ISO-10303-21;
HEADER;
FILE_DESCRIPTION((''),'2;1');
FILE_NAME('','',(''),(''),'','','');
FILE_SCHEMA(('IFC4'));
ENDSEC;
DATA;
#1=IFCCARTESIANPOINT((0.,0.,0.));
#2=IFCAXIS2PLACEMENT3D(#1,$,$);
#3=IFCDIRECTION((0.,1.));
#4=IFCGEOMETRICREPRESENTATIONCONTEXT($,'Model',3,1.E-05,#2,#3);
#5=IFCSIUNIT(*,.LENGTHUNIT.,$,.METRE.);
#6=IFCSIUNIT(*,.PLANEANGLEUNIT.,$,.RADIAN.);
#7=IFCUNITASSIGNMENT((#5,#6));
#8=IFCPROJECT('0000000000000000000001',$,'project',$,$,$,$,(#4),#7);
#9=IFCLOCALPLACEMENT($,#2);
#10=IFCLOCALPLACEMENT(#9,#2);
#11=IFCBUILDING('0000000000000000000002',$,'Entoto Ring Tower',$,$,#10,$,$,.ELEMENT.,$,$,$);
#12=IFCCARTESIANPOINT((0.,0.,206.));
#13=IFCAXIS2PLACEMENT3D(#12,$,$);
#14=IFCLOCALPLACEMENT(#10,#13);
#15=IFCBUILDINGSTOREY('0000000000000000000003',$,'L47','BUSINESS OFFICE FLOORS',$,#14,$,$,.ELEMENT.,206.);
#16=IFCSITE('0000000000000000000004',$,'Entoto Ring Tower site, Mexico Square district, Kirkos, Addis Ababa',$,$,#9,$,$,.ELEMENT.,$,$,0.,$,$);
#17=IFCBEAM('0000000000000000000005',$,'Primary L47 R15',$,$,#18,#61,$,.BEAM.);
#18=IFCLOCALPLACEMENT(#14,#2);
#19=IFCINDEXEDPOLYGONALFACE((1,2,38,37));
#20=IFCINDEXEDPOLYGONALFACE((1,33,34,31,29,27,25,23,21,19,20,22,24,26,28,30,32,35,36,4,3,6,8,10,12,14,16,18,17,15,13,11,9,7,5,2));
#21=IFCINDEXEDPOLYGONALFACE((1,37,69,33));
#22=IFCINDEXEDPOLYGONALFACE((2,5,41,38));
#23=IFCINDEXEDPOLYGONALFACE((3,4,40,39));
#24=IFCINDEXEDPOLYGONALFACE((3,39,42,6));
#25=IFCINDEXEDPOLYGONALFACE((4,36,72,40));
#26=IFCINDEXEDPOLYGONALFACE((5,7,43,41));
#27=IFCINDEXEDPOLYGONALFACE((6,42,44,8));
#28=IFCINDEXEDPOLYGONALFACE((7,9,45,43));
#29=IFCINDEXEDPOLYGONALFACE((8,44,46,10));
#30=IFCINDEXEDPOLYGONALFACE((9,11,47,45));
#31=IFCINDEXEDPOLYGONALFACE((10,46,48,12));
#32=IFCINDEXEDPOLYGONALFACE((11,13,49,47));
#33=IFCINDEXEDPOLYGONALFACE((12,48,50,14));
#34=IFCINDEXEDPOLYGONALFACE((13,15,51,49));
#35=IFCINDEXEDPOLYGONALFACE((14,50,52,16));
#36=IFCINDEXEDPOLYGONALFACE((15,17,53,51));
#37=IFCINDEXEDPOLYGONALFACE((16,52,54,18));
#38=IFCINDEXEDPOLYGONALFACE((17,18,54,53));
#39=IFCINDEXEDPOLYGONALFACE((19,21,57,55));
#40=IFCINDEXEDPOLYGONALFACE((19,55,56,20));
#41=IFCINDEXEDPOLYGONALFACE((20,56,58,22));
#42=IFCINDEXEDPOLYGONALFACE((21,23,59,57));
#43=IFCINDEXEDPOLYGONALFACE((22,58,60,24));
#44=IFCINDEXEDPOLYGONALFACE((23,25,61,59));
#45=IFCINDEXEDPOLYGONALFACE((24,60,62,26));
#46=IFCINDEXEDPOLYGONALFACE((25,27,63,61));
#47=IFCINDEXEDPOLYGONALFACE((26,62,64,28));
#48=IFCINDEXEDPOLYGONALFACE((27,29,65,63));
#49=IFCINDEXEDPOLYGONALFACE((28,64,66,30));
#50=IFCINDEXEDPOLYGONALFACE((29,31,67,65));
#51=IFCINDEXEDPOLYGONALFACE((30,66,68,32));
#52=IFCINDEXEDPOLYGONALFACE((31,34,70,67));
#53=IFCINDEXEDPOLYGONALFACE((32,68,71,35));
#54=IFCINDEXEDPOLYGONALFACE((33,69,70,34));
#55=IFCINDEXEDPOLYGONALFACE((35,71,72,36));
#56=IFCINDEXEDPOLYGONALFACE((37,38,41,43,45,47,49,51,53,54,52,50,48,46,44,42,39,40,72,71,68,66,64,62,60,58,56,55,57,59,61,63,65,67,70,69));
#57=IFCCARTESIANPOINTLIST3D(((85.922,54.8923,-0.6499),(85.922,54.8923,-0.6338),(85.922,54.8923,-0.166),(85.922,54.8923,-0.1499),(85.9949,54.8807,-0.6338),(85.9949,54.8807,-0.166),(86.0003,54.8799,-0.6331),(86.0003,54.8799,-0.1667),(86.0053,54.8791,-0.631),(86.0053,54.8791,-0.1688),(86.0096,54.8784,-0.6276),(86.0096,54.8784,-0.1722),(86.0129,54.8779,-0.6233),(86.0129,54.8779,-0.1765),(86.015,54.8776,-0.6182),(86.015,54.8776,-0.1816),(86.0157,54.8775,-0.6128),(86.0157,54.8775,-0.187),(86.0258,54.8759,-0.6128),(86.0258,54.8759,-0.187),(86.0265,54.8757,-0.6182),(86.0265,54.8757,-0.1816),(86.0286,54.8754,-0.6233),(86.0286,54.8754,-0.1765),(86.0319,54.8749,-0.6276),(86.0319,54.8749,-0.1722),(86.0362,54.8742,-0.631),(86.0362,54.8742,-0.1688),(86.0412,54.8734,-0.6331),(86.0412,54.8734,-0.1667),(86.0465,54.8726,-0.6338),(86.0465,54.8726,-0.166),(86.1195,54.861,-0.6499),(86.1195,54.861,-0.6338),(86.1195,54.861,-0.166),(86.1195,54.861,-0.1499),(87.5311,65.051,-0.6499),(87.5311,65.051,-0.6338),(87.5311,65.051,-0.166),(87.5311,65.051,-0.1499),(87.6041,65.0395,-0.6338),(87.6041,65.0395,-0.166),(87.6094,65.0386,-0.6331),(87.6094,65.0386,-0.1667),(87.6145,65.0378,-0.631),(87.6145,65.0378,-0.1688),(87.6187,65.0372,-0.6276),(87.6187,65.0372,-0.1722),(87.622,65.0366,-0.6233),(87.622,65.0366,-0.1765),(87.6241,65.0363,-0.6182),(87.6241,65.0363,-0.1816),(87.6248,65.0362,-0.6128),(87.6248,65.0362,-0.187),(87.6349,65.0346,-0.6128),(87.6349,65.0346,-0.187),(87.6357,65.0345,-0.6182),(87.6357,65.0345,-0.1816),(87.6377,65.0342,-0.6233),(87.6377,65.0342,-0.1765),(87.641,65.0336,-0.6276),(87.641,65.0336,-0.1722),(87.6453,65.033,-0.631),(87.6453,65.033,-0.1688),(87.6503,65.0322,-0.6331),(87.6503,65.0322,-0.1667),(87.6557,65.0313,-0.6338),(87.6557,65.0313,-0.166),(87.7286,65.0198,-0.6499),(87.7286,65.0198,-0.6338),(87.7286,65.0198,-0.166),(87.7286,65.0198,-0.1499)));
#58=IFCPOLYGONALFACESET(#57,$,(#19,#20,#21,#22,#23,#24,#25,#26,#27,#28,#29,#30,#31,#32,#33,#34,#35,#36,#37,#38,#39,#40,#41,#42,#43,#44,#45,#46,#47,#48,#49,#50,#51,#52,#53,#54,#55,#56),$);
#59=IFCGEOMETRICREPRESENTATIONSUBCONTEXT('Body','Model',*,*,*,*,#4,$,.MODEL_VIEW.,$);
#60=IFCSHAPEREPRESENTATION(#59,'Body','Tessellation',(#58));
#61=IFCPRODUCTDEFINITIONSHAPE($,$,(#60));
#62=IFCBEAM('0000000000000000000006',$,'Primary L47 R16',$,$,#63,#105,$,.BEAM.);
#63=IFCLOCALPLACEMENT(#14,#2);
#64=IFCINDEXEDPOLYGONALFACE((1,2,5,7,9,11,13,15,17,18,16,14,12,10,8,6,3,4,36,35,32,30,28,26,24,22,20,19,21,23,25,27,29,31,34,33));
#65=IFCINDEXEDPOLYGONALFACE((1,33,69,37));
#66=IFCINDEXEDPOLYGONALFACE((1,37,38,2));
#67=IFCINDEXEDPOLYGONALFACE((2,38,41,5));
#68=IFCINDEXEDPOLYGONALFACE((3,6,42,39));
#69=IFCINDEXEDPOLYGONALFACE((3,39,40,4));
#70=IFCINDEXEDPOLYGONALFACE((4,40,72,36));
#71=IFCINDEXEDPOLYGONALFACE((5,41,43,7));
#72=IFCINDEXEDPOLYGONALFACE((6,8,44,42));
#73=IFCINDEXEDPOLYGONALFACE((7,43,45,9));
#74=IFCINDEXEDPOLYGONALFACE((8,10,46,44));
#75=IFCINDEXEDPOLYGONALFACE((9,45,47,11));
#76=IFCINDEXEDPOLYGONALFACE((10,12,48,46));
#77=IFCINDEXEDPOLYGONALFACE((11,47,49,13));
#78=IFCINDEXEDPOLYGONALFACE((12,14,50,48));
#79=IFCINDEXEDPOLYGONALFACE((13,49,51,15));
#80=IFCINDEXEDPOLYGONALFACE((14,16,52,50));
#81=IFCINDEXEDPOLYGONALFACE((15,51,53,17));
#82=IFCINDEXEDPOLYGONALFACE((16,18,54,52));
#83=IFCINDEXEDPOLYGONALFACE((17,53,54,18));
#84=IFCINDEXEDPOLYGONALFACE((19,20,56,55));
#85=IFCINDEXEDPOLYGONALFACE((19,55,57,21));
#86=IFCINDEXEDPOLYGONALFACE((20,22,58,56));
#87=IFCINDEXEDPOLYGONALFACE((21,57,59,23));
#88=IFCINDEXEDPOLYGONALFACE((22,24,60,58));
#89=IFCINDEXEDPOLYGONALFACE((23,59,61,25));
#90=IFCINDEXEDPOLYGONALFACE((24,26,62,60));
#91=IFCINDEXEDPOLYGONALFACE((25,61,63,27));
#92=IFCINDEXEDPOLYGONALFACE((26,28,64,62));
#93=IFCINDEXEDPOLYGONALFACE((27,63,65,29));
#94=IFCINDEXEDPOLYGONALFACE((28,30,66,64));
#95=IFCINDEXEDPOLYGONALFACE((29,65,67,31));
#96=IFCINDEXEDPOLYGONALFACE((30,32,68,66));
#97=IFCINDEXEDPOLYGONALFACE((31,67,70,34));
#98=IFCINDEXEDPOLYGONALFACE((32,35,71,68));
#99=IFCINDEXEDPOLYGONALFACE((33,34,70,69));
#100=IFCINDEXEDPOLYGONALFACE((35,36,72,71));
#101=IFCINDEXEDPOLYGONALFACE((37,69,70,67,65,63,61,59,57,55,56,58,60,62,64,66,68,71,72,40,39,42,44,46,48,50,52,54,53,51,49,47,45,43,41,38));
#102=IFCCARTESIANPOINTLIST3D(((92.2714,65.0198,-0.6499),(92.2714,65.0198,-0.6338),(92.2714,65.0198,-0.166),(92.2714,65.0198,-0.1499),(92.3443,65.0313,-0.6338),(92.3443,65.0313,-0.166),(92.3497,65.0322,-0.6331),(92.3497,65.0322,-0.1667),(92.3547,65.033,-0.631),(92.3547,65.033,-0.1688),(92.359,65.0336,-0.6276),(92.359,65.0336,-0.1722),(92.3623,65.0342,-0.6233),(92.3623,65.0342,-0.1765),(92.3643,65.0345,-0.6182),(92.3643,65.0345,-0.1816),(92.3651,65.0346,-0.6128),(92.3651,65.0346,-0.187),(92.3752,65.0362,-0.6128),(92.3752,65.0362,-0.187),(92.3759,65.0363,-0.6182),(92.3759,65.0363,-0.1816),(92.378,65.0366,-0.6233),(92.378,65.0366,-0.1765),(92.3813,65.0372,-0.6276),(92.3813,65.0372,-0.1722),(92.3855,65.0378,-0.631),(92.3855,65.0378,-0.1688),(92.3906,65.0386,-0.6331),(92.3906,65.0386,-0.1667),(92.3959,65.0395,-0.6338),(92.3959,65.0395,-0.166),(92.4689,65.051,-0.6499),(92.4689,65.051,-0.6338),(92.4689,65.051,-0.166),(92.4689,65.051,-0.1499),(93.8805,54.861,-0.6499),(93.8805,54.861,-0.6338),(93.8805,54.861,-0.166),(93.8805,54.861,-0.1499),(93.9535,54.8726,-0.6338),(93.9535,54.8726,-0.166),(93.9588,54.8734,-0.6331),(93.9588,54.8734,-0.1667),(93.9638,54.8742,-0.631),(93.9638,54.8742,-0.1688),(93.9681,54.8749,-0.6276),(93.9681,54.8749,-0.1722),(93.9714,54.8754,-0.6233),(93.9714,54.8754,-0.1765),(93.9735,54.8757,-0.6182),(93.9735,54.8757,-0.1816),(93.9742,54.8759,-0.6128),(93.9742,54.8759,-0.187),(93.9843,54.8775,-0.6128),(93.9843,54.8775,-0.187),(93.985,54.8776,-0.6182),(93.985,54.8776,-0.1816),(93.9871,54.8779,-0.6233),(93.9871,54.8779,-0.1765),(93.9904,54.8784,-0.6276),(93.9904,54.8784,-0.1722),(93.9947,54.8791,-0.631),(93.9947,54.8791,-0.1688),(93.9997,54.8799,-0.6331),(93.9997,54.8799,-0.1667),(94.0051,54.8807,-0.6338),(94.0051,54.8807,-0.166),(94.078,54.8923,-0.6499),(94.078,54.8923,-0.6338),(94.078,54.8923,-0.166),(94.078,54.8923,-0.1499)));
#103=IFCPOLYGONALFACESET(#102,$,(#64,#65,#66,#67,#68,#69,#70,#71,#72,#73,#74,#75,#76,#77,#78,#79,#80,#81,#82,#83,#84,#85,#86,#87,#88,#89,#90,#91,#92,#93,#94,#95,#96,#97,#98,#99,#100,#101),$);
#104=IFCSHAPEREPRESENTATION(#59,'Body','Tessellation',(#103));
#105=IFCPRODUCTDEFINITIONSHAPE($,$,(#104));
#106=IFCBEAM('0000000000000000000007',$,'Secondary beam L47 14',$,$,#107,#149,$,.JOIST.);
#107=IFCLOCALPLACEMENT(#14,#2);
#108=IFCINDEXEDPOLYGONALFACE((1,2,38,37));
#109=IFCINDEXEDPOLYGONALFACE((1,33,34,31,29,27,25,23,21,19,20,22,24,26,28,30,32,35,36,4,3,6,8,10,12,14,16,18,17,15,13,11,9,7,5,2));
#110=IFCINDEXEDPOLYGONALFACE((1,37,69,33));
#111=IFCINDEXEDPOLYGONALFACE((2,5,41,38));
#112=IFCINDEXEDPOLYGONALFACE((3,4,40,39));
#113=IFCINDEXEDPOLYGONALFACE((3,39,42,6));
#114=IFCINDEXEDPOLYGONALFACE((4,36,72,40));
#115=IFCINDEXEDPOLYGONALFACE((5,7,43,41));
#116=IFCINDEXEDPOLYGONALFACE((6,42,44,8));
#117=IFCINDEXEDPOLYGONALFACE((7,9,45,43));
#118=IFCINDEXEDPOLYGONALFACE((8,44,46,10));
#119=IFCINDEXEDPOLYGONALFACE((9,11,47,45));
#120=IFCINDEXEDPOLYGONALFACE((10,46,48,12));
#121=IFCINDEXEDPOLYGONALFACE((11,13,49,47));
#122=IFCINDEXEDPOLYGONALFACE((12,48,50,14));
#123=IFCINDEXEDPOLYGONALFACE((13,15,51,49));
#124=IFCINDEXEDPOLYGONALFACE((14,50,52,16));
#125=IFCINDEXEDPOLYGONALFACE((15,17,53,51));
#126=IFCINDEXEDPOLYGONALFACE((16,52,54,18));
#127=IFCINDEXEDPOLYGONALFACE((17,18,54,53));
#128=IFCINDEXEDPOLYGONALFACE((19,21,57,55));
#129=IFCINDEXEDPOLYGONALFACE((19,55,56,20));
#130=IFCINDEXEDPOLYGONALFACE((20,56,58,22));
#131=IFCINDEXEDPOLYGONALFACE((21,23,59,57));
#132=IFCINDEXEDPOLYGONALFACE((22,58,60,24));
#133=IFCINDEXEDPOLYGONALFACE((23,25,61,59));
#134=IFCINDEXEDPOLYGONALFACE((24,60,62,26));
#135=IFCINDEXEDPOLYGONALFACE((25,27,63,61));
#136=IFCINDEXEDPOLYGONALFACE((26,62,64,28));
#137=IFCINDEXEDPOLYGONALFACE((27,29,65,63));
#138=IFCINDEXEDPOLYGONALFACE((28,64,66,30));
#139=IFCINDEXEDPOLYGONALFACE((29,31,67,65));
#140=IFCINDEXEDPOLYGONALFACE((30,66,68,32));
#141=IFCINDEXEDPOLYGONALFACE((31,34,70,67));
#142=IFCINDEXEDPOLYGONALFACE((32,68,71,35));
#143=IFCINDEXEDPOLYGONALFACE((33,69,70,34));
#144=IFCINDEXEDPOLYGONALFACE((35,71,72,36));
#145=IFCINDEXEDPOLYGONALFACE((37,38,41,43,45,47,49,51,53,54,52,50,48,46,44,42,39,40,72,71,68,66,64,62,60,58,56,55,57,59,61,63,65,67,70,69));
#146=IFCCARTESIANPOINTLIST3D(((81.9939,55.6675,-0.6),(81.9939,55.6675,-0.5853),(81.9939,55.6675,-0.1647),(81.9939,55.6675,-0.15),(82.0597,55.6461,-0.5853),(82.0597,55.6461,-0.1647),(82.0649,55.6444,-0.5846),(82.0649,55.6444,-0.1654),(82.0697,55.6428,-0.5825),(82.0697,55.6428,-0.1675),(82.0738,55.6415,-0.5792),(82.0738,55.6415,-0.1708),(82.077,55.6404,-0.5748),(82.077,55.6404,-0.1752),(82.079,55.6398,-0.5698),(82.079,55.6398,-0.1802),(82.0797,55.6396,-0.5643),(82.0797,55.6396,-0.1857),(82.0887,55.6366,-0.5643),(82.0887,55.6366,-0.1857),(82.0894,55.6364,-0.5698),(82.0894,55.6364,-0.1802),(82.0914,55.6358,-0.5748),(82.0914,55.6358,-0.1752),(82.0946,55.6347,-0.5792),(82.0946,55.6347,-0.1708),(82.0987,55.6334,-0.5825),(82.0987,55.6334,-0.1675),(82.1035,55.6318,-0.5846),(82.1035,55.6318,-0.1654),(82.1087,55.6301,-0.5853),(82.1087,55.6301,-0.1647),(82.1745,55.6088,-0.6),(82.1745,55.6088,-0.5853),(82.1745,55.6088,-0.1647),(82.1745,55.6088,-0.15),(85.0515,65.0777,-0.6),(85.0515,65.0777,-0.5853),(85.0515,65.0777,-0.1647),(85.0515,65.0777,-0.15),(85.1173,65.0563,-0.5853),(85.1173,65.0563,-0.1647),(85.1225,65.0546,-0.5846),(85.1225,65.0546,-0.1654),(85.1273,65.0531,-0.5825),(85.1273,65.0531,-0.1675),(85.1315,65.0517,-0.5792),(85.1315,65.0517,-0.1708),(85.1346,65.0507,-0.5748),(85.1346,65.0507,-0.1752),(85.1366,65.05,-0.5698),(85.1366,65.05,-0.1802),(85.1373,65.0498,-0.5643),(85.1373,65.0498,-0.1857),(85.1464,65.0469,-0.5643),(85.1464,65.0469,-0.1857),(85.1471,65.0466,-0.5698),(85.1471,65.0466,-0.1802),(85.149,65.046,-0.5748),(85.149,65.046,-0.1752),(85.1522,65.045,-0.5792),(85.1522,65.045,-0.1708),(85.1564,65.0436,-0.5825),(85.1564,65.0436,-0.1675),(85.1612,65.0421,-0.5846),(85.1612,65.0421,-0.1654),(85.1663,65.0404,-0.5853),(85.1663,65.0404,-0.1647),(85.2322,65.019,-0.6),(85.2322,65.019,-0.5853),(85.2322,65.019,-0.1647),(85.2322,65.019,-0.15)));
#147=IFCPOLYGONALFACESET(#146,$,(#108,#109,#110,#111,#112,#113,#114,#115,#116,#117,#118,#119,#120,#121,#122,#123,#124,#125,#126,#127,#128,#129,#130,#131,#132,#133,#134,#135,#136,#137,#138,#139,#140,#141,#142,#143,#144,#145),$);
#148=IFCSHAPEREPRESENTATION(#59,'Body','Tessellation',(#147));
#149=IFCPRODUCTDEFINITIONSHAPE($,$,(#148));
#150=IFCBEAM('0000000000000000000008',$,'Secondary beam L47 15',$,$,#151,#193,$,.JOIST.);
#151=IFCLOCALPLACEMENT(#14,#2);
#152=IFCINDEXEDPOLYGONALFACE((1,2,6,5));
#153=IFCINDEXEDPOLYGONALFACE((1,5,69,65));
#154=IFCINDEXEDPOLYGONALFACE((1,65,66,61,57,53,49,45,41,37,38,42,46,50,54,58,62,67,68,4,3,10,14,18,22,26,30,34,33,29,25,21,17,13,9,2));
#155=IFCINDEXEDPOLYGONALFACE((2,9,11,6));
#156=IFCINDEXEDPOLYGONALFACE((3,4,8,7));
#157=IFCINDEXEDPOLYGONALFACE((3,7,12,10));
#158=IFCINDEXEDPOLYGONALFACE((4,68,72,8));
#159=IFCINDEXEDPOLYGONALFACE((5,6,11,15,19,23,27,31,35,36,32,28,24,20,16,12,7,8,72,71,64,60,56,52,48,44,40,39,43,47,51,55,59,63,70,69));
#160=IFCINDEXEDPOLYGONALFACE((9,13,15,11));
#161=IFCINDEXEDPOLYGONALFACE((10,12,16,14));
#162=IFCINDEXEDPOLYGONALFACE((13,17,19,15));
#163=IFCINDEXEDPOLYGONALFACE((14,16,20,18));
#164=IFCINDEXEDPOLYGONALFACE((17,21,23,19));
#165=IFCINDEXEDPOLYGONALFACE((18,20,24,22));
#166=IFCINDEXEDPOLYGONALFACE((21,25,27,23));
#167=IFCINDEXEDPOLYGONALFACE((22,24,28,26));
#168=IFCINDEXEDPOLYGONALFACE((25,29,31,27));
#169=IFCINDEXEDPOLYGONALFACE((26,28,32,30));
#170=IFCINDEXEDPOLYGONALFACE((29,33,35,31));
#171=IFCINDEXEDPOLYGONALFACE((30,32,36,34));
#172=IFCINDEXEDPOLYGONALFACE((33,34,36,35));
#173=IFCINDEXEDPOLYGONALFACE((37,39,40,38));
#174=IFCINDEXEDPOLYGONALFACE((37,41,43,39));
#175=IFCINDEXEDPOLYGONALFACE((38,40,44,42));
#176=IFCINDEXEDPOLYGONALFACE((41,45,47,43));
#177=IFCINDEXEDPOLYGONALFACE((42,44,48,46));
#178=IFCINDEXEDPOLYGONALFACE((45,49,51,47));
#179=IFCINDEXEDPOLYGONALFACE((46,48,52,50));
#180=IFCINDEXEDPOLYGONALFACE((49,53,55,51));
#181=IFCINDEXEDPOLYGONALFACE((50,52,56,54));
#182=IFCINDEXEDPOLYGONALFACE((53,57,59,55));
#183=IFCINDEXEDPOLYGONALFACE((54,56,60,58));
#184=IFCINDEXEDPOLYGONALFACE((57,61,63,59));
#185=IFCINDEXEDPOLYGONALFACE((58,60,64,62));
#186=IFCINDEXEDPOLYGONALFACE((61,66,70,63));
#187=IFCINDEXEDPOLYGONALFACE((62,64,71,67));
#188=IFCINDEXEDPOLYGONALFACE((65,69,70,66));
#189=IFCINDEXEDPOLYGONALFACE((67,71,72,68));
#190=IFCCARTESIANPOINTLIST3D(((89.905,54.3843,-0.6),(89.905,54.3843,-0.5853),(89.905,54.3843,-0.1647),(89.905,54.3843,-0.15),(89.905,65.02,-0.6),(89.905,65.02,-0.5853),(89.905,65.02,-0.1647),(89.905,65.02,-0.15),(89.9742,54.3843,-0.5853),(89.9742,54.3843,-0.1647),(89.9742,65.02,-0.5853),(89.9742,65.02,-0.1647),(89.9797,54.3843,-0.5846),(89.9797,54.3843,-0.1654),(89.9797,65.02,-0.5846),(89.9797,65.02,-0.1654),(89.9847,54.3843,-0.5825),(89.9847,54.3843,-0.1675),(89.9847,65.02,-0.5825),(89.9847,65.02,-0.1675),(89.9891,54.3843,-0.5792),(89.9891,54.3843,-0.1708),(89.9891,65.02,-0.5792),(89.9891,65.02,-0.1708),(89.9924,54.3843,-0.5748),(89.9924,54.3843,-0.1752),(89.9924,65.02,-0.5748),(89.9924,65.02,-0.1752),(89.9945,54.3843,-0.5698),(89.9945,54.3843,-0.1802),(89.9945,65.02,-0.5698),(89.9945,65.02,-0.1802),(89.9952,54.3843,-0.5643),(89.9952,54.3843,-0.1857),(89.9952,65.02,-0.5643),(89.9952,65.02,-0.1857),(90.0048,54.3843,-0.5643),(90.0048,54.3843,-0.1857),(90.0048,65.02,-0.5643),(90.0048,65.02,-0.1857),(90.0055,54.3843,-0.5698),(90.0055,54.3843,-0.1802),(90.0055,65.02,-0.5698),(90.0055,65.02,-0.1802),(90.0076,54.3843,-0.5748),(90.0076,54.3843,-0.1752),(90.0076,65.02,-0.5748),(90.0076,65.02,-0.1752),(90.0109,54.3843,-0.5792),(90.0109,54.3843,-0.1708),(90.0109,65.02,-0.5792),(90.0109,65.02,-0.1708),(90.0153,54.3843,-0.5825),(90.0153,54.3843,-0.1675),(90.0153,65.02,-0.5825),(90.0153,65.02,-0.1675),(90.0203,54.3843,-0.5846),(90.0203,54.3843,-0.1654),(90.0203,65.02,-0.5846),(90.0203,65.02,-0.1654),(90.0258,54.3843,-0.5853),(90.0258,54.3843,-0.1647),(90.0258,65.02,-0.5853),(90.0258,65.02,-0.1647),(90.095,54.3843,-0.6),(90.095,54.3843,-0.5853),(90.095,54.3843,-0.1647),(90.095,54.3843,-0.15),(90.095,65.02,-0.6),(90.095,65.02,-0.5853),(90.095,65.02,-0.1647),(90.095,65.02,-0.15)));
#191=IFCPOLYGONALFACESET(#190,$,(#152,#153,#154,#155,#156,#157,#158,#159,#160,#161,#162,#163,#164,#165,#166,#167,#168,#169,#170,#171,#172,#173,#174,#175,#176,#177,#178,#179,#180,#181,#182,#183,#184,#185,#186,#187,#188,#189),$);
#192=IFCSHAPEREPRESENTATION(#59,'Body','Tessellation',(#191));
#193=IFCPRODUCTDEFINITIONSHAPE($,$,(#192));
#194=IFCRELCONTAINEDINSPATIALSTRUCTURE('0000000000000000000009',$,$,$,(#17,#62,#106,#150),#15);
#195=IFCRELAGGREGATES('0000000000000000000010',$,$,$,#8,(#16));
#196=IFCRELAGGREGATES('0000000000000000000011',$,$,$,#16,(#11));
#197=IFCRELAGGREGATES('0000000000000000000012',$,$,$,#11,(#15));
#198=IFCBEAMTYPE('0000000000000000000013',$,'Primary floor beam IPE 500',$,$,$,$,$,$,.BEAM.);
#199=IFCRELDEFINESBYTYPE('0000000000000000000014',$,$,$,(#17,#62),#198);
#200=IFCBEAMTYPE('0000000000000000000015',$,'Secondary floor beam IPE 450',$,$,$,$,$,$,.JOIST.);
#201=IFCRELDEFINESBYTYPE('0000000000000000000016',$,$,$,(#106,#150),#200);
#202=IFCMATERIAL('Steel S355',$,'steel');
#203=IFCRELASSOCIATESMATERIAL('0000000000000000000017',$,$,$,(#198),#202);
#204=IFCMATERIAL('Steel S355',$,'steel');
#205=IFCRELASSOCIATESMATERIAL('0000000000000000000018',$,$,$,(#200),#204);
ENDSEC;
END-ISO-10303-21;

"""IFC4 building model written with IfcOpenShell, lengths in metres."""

from ifc_helpers import new_model, si_unit, direction, frame, origin, origin_2d, place, context, subcontext, project, spatial, i_section, extrude, material, material_profile, profile_set, type_object, element, save


model = new_model("IFC4")

# Units and contexts
model_context = context("Model", 3, precision=1e-05, world=origin(), true_north=direction((0.0, 1.0)))
body_context = subcontext(model_context, "Body", "Model", "MODEL_VIEW")
ifc_project = project(units=[si_unit("LENGTHUNIT", "METRE"), si_unit("PLANEANGLEUNIT", "RADIAN")], contexts=[model_context])

# Site, building, storey
site_placement = place(None, origin())
site = spatial("IfcSite", under=ifc_project, at=site_placement, Name="Entoto Ring Tower site, Mexico Square district, Kirkos, Addis Ababa", CompositionType="ELEMENT", RefElevation=0.0)
building_placement = place(site_placement, origin())
building = spatial("IfcBuilding", under=site, at=building_placement, Name="Entoto Ring Tower", CompositionType="ELEMENT")
storey_placement = place(building_placement, frame((0.0, 0.0, 206.0)))
storey = spatial("IfcBuildingStorey", under=building, at=storey_placement, Name="L47", Description="BUSINESS OFFICE FLOORS", CompositionType="ELEMENT", Elevation=206.0)

# Beams
ifc_material_1 = material(Name="Steel S355", Category="steel")
ifc_material_profile_1 = material_profile(ifc_material_1, i_section(OverallWidth=0.2, OverallDepth=0.5, WebThickness=0.0103, FlangeThickness=0.0161, FilletRadius=0.021, at=origin_2d()), Name="IPE 500")
ifc_profile_set_1 = profile_set([ifc_material_profile_1], Name="Steel S355")
beam_type_1 = type_object("IfcBeamType", Name="Primary floor beam IPE 500", PredefinedType="BEAM", material=ifc_profile_set_1)
for number, where, z_axis, x_axis, name in (
    (1, (87.6299, 65.0354, -0.3999), (-0.156449, -0.987686, 0.0), (0.987686, -0.156449, 0.0), "Primary L47 R15"),
    (2, (92.3701, 65.0354, -0.3999), (0.156449, -0.987686, 0.0), (0.987686, 0.156449, 0.0), "Primary L47 R16"),
):
    element("IfcBeam", number, at=place(storey_placement, frame(where, z_axis=z_axis, x_axis=x_axis)), inside=storey, type_object=beam_type_1, Name=name, PredefinedType="BEAM", context=body_context, shape_type="SweptSolid", body=[
        extrude(i_section(OverallWidth=0.2, OverallDepth=0.5, WebThickness=0.0103, FlangeThickness=0.0161, FilletRadius=0.021, at=origin_2d()), origin(), (0.0, 0.0, 1.0), 10.2854),
    ])
ifc_material_2 = material(Name="Steel S355", Category="steel")
ifc_material_profile_2 = material_profile(ifc_material_2, i_section(OverallWidth=0.1899, OverallDepth=0.45, WebThickness=0.0095, FlangeThickness=0.0146, FilletRadius=0.021, at=origin_2d()), Name="IPE 450")
ifc_profile_set_2 = profile_set([ifc_material_profile_2], Name="Steel S355")
beam_type_2 = type_object("IfcBeamType", Name="Secondary floor beam IPE 450", PredefinedType="JOIST", material=ifc_profile_set_2)
beam_1_placement = place(storey_placement, frame((85.1418, 65.0483, -0.375), z_axis=(-0.309024, -0.951054, 0.0), x_axis=(0.951054, -0.309024, 0.0)))
element("IfcBeam", 3, at=beam_1_placement, inside=storey, type_object=beam_type_2, Name="Secondary beam L47 14", PredefinedType="JOIST", context=body_context, shape_type="SweptSolid", body=[
    extrude(i_section(OverallWidth=0.1899, OverallDepth=0.45, WebThickness=0.0095, FlangeThickness=0.0146, FilletRadius=0.021, at=origin_2d()), origin(), (0.0, 0.0, 1.0), 9.8945),
])
beam_2_placement = place(storey_placement, frame((90.0, 65.02, -0.375), z_axis=(0.0, -1.0, 0.0), x_axis=(1.0, 0.0, 0.0)))
element("IfcBeam", 4, at=beam_2_placement, inside=storey, type_object=beam_type_2, Name="Secondary beam L47 15", PredefinedType="JOIST", context=body_context, shape_type="SweptSolid", body=[
    extrude(i_section(OverallWidth=0.1899, OverallDepth=0.45, WebThickness=0.0095, FlangeThickness=0.0146, FilletRadius=0.021, at=origin_2d()), origin(), (0.0, 0.0, 1.0), 10.6357),
])

save(model, "model.ifc")
